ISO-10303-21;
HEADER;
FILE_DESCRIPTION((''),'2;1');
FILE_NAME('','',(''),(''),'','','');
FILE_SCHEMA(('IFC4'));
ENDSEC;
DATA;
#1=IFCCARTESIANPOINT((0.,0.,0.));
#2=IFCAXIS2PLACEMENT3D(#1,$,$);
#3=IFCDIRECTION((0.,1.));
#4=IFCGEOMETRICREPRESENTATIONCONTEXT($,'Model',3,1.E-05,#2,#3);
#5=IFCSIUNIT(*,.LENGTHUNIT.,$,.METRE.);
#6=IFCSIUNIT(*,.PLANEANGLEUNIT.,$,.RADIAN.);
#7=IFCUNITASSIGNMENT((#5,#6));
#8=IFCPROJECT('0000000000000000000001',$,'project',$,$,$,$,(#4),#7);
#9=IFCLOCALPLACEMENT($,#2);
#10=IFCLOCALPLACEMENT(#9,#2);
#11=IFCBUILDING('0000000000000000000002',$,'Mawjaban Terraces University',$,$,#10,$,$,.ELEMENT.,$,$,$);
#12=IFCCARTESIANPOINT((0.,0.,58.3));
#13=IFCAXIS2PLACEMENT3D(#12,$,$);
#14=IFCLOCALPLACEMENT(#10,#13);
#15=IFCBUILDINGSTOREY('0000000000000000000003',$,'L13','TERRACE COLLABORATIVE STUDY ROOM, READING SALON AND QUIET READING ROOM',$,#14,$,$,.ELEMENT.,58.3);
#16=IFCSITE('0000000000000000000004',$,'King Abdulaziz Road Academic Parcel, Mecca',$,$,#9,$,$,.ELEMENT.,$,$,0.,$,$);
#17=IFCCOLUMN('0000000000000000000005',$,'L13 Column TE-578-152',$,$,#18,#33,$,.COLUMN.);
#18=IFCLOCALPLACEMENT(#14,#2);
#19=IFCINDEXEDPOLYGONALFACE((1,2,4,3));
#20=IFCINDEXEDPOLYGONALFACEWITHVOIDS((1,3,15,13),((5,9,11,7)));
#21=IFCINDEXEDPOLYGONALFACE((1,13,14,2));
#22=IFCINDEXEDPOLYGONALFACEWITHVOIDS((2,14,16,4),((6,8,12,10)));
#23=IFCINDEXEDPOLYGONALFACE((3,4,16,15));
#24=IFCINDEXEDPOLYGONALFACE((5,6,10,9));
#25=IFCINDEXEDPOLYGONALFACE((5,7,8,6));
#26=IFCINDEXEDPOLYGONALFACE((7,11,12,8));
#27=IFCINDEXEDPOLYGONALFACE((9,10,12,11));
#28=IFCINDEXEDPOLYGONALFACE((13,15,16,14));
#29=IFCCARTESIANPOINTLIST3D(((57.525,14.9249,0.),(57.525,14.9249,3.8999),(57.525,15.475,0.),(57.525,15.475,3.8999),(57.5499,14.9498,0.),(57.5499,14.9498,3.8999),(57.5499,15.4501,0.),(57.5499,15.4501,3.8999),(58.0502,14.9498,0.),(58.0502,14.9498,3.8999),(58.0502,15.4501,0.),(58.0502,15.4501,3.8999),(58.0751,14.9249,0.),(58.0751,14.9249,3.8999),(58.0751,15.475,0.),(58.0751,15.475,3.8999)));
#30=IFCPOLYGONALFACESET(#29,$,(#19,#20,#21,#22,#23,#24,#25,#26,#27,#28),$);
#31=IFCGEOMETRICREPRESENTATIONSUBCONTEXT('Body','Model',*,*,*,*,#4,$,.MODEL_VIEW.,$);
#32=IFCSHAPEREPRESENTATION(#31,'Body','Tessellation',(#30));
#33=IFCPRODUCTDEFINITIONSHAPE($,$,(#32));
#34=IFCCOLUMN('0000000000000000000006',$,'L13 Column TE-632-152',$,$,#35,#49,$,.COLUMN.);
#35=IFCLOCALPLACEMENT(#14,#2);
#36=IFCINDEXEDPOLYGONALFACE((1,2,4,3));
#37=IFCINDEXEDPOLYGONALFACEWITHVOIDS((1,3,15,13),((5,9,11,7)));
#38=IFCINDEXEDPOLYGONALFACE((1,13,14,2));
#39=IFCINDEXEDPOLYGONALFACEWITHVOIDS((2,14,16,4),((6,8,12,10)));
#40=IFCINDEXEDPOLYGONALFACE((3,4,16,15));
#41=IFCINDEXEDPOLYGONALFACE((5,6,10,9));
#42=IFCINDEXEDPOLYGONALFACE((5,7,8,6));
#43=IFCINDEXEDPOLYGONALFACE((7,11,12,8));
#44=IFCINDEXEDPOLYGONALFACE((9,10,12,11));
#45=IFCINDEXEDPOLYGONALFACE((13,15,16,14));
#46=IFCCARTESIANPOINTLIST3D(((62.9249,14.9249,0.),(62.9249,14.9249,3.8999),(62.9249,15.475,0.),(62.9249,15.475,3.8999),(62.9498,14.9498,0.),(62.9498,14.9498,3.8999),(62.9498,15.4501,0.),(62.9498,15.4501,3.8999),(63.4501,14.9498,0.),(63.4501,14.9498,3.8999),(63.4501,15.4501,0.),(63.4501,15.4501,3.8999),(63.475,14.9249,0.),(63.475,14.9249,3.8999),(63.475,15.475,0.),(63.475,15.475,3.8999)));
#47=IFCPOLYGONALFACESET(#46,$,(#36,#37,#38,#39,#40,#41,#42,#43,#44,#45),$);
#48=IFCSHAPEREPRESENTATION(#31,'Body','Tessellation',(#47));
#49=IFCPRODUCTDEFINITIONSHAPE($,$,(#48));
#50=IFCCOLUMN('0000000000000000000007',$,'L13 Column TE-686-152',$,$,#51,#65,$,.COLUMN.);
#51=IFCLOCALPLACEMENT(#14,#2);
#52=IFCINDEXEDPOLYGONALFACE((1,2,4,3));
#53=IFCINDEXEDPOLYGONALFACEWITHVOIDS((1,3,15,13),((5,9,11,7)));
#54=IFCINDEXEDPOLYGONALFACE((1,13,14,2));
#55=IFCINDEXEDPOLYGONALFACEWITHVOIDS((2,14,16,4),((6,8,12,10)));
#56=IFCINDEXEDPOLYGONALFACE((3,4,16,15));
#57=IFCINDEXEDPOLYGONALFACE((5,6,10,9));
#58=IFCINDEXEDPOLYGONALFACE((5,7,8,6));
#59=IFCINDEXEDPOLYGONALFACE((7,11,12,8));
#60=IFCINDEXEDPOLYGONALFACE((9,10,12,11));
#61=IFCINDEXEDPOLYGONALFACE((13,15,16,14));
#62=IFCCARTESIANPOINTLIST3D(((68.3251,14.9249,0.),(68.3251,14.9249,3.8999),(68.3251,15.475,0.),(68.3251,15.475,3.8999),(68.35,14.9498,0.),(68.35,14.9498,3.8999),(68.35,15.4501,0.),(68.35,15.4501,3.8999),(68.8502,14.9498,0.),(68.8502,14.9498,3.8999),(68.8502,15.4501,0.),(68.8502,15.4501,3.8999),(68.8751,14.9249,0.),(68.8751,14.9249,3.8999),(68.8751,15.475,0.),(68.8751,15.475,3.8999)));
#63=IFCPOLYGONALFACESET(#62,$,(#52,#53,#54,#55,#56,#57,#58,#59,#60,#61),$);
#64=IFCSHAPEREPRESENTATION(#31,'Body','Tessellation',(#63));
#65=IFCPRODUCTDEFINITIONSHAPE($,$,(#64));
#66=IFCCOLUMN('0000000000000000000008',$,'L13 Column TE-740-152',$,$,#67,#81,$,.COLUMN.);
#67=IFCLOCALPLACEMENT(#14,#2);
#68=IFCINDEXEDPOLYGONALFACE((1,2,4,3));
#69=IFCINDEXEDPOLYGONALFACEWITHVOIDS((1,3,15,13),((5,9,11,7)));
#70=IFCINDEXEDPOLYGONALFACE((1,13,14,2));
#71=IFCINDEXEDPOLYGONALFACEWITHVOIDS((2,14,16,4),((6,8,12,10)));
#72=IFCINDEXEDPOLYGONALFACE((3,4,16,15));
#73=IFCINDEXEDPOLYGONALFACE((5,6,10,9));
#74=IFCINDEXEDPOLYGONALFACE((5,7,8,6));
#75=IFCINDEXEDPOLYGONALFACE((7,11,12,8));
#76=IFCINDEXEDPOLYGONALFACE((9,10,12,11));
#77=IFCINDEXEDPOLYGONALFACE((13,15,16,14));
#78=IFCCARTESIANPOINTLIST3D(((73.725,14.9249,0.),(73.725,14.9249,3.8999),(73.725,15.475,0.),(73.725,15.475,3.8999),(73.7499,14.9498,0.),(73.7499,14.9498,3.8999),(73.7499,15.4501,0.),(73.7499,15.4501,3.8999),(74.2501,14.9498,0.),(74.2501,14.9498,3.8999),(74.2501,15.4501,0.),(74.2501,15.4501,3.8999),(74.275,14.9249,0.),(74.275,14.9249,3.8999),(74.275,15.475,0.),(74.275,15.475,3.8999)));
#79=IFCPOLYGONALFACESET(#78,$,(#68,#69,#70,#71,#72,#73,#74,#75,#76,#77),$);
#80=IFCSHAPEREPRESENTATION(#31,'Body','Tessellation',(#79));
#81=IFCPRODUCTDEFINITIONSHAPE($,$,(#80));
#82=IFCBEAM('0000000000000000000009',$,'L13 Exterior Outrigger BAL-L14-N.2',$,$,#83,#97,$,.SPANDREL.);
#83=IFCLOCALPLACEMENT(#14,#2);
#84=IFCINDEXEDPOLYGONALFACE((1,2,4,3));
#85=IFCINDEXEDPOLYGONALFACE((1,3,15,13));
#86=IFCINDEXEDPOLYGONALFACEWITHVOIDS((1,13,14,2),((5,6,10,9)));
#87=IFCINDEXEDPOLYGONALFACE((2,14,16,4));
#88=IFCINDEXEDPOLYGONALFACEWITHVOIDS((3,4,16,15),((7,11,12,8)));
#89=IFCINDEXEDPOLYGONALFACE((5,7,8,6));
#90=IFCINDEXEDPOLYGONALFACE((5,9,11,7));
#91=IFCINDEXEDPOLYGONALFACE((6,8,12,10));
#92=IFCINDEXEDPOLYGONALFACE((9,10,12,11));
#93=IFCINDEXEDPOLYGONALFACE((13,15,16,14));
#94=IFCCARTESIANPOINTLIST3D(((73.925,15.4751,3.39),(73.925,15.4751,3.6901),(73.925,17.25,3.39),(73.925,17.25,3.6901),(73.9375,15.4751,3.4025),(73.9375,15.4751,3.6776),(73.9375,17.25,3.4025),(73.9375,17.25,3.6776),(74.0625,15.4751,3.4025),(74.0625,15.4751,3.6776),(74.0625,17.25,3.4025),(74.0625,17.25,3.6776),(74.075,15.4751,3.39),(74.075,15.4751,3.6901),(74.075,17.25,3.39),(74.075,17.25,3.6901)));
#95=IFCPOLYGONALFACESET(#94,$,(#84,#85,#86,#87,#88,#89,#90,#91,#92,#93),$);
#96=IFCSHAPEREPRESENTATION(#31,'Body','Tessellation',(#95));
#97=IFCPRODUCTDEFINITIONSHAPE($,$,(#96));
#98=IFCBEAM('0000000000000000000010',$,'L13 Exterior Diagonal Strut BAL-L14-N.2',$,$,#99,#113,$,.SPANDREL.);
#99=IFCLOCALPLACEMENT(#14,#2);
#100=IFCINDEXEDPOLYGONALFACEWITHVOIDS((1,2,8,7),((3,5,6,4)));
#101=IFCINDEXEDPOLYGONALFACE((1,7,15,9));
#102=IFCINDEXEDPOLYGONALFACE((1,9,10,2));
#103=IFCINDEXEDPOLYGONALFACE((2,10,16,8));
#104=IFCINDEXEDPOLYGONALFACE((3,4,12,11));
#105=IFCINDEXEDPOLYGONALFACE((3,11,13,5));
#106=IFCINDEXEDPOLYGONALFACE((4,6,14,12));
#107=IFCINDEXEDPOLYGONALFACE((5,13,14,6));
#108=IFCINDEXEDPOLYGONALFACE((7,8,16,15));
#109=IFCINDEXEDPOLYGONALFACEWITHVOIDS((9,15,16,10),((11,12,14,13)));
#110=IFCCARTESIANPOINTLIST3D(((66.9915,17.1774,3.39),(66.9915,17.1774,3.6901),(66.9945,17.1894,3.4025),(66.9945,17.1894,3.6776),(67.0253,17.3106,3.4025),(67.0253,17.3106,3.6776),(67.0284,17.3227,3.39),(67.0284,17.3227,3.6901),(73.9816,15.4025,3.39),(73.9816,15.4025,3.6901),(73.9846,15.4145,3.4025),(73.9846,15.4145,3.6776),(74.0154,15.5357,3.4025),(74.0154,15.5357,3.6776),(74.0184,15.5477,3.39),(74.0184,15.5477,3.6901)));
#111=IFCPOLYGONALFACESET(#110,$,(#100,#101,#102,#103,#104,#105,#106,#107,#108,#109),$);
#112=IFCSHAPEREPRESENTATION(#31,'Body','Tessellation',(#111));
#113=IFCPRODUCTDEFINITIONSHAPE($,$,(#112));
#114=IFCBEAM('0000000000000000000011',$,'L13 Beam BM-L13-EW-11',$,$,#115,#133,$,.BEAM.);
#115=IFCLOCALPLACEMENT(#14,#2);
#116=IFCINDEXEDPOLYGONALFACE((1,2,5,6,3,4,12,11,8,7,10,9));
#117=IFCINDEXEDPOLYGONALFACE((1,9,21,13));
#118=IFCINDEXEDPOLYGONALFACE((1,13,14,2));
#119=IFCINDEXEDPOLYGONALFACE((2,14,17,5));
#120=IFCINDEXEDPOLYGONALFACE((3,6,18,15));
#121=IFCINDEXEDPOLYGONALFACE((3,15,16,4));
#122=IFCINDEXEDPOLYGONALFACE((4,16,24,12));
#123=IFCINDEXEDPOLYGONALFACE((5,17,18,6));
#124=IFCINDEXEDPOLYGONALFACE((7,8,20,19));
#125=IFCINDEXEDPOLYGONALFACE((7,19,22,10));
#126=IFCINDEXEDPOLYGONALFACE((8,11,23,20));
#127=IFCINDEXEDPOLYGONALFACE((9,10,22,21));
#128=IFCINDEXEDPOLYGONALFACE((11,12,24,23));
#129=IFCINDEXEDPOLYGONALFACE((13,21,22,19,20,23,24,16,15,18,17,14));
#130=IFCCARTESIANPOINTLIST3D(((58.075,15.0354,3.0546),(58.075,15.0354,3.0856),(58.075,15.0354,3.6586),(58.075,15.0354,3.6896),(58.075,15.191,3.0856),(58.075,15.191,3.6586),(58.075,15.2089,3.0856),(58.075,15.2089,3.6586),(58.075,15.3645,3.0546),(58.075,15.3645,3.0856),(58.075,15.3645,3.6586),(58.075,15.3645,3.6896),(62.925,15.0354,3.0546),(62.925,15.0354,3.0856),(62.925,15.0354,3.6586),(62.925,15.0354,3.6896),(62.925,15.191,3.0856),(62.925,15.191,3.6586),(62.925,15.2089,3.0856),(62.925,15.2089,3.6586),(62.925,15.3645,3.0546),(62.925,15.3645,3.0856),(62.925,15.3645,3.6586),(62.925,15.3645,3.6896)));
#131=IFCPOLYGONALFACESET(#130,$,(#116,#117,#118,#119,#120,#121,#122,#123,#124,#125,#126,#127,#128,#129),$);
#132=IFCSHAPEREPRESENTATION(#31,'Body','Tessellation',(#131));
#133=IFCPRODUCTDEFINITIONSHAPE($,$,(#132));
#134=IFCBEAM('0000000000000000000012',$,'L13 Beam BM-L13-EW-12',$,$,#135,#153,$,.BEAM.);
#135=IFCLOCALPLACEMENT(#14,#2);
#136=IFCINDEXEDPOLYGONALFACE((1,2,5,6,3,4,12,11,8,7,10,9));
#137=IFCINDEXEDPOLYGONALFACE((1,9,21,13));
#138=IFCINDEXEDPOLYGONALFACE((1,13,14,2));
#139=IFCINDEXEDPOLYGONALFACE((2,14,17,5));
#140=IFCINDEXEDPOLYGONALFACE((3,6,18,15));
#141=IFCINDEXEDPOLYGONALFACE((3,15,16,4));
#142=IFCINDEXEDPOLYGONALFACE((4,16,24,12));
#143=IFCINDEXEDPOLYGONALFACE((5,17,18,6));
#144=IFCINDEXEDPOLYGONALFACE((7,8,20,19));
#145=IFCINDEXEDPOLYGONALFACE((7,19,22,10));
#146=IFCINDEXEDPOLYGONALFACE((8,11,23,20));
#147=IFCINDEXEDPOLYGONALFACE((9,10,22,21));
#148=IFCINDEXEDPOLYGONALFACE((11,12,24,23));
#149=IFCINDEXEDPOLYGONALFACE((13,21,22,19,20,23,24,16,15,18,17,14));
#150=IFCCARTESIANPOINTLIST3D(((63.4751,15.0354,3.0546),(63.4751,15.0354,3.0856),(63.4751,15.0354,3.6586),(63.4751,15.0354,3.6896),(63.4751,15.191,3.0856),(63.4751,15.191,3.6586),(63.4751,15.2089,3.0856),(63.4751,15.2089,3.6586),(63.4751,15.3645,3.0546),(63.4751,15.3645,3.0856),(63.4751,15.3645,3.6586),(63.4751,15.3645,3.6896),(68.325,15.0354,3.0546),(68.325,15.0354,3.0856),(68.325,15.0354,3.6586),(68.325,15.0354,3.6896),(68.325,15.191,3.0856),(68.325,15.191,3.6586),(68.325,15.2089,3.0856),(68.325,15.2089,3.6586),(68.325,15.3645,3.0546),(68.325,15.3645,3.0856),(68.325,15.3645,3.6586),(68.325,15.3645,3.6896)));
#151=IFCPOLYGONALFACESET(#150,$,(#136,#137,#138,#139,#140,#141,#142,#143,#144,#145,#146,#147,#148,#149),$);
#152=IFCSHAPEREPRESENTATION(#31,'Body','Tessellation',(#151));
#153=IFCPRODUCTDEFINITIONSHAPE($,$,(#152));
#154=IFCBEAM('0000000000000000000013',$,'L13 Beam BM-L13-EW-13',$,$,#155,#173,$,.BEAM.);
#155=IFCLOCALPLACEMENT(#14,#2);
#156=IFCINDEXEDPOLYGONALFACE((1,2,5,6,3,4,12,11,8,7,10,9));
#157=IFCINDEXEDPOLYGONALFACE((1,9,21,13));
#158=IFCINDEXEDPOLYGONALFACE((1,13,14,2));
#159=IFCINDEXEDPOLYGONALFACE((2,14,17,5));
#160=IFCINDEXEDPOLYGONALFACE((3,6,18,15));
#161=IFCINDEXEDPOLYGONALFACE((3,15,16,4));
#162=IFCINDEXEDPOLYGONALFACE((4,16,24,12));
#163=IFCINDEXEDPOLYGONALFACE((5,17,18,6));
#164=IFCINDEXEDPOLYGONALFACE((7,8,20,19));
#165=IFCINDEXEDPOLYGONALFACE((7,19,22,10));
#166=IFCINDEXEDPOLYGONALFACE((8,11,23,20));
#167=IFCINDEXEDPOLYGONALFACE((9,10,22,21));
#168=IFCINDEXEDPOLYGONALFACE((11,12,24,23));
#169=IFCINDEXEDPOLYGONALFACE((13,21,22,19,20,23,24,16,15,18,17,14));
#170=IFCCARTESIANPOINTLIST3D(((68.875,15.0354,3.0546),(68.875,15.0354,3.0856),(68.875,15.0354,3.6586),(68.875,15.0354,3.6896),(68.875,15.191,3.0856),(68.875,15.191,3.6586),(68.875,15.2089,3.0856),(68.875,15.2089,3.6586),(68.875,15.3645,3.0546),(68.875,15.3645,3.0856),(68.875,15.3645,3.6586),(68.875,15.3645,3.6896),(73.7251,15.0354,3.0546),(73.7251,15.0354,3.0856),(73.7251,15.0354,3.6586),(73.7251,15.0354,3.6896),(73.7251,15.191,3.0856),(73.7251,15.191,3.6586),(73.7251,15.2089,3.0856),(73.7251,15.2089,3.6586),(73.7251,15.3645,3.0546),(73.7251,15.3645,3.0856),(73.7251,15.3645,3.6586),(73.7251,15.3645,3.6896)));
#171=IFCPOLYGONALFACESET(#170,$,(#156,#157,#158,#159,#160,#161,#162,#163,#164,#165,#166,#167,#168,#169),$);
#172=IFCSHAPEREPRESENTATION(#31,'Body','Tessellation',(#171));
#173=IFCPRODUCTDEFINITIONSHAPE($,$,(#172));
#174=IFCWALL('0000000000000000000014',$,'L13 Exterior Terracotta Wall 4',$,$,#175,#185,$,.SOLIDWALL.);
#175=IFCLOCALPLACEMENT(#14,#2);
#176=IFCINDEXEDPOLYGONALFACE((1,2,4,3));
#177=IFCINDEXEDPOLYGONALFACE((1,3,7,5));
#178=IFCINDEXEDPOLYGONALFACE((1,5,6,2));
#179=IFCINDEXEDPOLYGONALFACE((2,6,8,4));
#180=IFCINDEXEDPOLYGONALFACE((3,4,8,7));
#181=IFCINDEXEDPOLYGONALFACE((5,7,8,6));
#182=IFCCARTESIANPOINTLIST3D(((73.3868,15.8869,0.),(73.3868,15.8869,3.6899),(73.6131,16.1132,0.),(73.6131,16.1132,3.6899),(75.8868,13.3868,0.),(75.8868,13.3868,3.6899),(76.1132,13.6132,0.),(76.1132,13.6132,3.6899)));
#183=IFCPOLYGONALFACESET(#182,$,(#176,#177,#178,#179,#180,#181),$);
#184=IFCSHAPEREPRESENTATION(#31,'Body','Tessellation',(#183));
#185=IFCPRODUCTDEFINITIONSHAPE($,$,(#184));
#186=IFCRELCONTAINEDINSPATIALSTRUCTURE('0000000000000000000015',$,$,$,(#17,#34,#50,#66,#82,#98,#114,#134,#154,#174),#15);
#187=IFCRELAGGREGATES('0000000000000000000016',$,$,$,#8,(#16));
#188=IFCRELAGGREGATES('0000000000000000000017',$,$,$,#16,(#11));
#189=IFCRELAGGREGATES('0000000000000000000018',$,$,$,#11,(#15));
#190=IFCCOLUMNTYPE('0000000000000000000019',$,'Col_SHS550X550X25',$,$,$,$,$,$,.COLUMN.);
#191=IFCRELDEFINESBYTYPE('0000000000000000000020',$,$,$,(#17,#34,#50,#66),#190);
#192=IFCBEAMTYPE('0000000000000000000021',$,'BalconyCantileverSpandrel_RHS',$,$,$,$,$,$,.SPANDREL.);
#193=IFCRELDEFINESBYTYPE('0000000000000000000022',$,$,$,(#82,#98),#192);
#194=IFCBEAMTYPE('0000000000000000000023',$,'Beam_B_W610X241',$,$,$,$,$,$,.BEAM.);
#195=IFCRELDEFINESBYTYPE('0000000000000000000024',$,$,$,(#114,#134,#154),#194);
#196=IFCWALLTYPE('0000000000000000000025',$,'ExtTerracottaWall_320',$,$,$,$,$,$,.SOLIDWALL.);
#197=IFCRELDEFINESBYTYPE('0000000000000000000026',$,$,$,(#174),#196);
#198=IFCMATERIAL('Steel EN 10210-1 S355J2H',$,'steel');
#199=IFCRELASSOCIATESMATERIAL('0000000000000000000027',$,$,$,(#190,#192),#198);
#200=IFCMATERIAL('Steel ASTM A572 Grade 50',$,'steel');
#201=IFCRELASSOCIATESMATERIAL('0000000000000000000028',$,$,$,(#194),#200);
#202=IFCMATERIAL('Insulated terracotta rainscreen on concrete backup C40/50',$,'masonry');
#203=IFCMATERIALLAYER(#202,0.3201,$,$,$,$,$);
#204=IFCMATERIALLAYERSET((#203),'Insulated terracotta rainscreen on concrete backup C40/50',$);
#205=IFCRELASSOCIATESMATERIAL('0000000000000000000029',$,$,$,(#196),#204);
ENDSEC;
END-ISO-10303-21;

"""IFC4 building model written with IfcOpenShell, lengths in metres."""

from ifc_helpers import new_model, si_unit, direction, frame, frame_2d, origin, origin_2d, place, context, subcontext, project, spatial, rectangle, hollow_rectangle, i_section, extrude, material, layer, layer_set, material_profile, profile_set, type_object, element, save


model = new_model("IFC4")

# Units and contexts
model_context = context("Model", 3, precision=1e-05, world=origin(), true_north=direction((0.0, 1.0)))
body_context = subcontext(model_context, "Body", "Model", "MODEL_VIEW")
ifc_project = project(units=[si_unit("LENGTHUNIT", "METRE"), si_unit("PLANEANGLEUNIT", "RADIAN")], contexts=[model_context])

# Site, building, storey
site_placement = place(None, origin())
site = spatial("IfcSite", under=ifc_project, at=site_placement, Name="King Abdulaziz Road Academic Parcel, Mecca", CompositionType="ELEMENT", RefElevation=0.0)
building_placement = place(site_placement, origin())
building = spatial("IfcBuilding", under=site, at=building_placement, Name="Mawjaban Terraces University", CompositionType="ELEMENT")
storey_placement = place(building_placement, frame((0.0, 0.0, 58.3)))
storey = spatial("IfcBuildingStorey", under=building, at=storey_placement, Name="L13", Description="TERRACE COLLABORATIVE STUDY ROOM, READING SALON AND QUIET READING ROOM", CompositionType="ELEMENT", Elevation=58.3)

# Columns
ifc_material_1 = material(Name="Steel EN 10210-1 S355J2H", Category="steel")
ifc_material_profile_1 = material_profile(ifc_material_1, hollow_rectangle(XDim=0.55, YDim=0.55, WallThickness=0.0249, at=origin_2d()), Name="SHS550X550X25")
ifc_profile_set_1 = profile_set([ifc_material_profile_1], Name="Steel EN 10210-1 S355J2H")
column_type = type_object("IfcColumnType", Name="Col_SHS550X550X25", PredefinedType="COLUMN", material=ifc_profile_set_1)
for number, where, z_axis, x_axis, name in (
    (1, (57.8, 15.2, 0.0), (0.0, 0.0, 1.0), (1.0, 0.0, 0.0), "L13 Column TE-578-152"),
    (2, (63.2, 15.2, 0.0), (0.0, 0.0, 1.0), (1.0, 0.0, 0.0), "L13 Column TE-632-152"),
    (3, (68.6001, 15.2, 0.0), (0.0, 0.0, 1.0), (1.0, 0.0, 0.0), "L13 Column TE-686-152"),
    (4, (74.0, 15.2, 0.0), (0.0, 0.0, 1.0), (1.0, 0.0, 0.0), "L13 Column TE-740-152"),
):
    element("IfcColumn", number, at=place(storey_placement, frame(where, z_axis=z_axis, x_axis=x_axis)), inside=storey, type_object=column_type, Name=name, PredefinedType="COLUMN", context=body_context, shape_type="SweptSolid", body=[
        extrude(hollow_rectangle(XDim=0.55, YDim=0.55, WallThickness=0.0249, at=origin_2d()), origin(), (0.0, 0.0, 1.0), 3.8999),
    ])

# Beams
ifc_material_profile_2 = material_profile(ifc_material_1, hollow_rectangle(XDim=0.1499, YDim=0.3, WallThickness=0.0125, at=origin_2d()), Name="RHS300X150X12.5")
ifc_profile_set_2 = profile_set([ifc_material_profile_2], Name="Steel EN 10210-1 S355J2H")
beam_type_1 = type_object("IfcBeamType", Name="BalconyCantileverSpandrel_RHS", PredefinedType="SPANDREL", material=ifc_profile_set_2)
beam_1_placement = place(storey_placement, frame((74.0, 15.4751, 3.54), z_axis=(0.0, 1.0, 0.0), x_axis=(-1.0, 0.0, 0.0)))
element("IfcBeam", 5, at=beam_1_placement, inside=storey, type_object=beam_type_1, Name="L13 Exterior Outrigger BAL-L14-N.2", PredefinedType="SPANDREL", context=body_context, shape_type="SweptSolid", body=[
    extrude(hollow_rectangle(XDim=0.1499, YDim=0.3, WallThickness=0.0125, at=origin_2d()), origin(), (0.0, 0.0, 1.0), 1.7749),
])
beam_2_placement = place(storey_placement, frame((74.0, 15.4751, 3.54), z_axis=(-0.969242, 0.24611, 0.0), x_axis=(-0.24611, -0.969242, 0.0)))
element("IfcBeam", 6, at=beam_2_placement, inside=storey, type_object=beam_type_1, Name="L13 Exterior Diagonal Strut BAL-L14-N.2", PredefinedType="SPANDREL", context=body_context, shape_type="SweptSolid", body=[
    extrude(hollow_rectangle(XDim=0.1499, YDim=0.3, WallThickness=0.0125, at=origin_2d()), origin(), (0.0, 0.0, 1.0), 7.2119),
])
ifc_material_2 = material(Name="Steel ASTM A572 Grade 50", Category="steel")
ifc_material_profile_3 = material_profile(ifc_material_2, i_section(OverallWidth=0.3291, OverallDepth=0.635, WebThickness=0.0178, FlangeThickness=0.031, at=origin_2d()), Name="W610X241")
ifc_profile_set_3 = profile_set([ifc_material_profile_3], Name="Steel ASTM A572 Grade 50")
beam_type_2 = type_object("IfcBeamType", Name="Beam_B_W610X241", PredefinedType="BEAM", material=ifc_profile_set_3)
beam_3_placement = place(storey_placement, frame((58.075, 15.2, 3.3721), z_axis=(1.0, 0.0, 0.0), x_axis=(0.0, 1.0, 0.0)))
element("IfcBeam", 7, at=beam_3_placement, inside=storey, type_object=beam_type_2, Name="L13 Beam BM-L13-EW-11", PredefinedType="BEAM", context=body_context, shape_type="SweptSolid", body=[
    extrude(i_section(OverallWidth=0.3291, OverallDepth=0.635, WebThickness=0.0178, FlangeThickness=0.031, at=origin_2d()), origin(), (0.0, 0.0, 1.0), 4.8501),
])
beam_4_placement = place(storey_placement, frame((63.4751, 15.2, 3.3721), z_axis=(1.0, 0.0, 0.0), x_axis=(0.0, 1.0, 0.0)))
element("IfcBeam", 8, at=beam_4_placement, inside=storey, type_object=beam_type_2, Name="L13 Beam BM-L13-EW-12", PredefinedType="BEAM", context=body_context, shape_type="SweptSolid", body=[
    extrude(i_section(OverallWidth=0.3291, OverallDepth=0.635, WebThickness=0.0178, FlangeThickness=0.031, at=origin_2d()), origin(), (0.0, 0.0, 1.0), 4.8499),
])
beam_5_placement = place(storey_placement, frame((68.875, 15.2, 3.3721), z_axis=(1.0, 0.0, 0.0), x_axis=(0.0, 1.0, 0.0)))
element("IfcBeam", 9, at=beam_5_placement, inside=storey, type_object=beam_type_2, Name="L13 Beam BM-L13-EW-13", PredefinedType="BEAM", context=body_context, shape_type="SweptSolid", body=[
    extrude(i_section(OverallWidth=0.3291, OverallDepth=0.635, WebThickness=0.0178, FlangeThickness=0.031, at=origin_2d()), origin(), (0.0, 0.0, 1.0), 4.8501),
])

# Wall
ifc_material_3 = material(Name="Insulated terracotta rainscreen on concrete backup C40/50", Category="masonry")
ifc_layer_1 = layer(ifc_material_3, 0.3201)
ifc_layer_set_1 = layer_set([ifc_layer_1], Name="Insulated terracotta rainscreen on concrete backup C40/50")
wall_type = type_object("IfcWallType", Name="ExtTerracottaWall_320", PredefinedType="SOLIDWALL", material=ifc_layer_set_1)
wall_1_placement = place(storey_placement, frame((76.0, 13.5, 0.0), z_axis=(0.0, 0.0, 1.0), x_axis=(-0.707107, 0.707107, 0.0)))
element("IfcWall", 10, at=wall_1_placement, inside=storey, type_object=wall_type, Name="L13 Exterior Terracotta Wall 4", PredefinedType="SOLIDWALL", context=body_context, shape_type="SweptSolid", body=[
    extrude(rectangle(XDim=3.5356, YDim=0.3201, at=frame_2d((1.7678, 0.0))), origin(), (0.0, 0.0, 1.0), 3.6899),
])

save(model, "model.ifc")
